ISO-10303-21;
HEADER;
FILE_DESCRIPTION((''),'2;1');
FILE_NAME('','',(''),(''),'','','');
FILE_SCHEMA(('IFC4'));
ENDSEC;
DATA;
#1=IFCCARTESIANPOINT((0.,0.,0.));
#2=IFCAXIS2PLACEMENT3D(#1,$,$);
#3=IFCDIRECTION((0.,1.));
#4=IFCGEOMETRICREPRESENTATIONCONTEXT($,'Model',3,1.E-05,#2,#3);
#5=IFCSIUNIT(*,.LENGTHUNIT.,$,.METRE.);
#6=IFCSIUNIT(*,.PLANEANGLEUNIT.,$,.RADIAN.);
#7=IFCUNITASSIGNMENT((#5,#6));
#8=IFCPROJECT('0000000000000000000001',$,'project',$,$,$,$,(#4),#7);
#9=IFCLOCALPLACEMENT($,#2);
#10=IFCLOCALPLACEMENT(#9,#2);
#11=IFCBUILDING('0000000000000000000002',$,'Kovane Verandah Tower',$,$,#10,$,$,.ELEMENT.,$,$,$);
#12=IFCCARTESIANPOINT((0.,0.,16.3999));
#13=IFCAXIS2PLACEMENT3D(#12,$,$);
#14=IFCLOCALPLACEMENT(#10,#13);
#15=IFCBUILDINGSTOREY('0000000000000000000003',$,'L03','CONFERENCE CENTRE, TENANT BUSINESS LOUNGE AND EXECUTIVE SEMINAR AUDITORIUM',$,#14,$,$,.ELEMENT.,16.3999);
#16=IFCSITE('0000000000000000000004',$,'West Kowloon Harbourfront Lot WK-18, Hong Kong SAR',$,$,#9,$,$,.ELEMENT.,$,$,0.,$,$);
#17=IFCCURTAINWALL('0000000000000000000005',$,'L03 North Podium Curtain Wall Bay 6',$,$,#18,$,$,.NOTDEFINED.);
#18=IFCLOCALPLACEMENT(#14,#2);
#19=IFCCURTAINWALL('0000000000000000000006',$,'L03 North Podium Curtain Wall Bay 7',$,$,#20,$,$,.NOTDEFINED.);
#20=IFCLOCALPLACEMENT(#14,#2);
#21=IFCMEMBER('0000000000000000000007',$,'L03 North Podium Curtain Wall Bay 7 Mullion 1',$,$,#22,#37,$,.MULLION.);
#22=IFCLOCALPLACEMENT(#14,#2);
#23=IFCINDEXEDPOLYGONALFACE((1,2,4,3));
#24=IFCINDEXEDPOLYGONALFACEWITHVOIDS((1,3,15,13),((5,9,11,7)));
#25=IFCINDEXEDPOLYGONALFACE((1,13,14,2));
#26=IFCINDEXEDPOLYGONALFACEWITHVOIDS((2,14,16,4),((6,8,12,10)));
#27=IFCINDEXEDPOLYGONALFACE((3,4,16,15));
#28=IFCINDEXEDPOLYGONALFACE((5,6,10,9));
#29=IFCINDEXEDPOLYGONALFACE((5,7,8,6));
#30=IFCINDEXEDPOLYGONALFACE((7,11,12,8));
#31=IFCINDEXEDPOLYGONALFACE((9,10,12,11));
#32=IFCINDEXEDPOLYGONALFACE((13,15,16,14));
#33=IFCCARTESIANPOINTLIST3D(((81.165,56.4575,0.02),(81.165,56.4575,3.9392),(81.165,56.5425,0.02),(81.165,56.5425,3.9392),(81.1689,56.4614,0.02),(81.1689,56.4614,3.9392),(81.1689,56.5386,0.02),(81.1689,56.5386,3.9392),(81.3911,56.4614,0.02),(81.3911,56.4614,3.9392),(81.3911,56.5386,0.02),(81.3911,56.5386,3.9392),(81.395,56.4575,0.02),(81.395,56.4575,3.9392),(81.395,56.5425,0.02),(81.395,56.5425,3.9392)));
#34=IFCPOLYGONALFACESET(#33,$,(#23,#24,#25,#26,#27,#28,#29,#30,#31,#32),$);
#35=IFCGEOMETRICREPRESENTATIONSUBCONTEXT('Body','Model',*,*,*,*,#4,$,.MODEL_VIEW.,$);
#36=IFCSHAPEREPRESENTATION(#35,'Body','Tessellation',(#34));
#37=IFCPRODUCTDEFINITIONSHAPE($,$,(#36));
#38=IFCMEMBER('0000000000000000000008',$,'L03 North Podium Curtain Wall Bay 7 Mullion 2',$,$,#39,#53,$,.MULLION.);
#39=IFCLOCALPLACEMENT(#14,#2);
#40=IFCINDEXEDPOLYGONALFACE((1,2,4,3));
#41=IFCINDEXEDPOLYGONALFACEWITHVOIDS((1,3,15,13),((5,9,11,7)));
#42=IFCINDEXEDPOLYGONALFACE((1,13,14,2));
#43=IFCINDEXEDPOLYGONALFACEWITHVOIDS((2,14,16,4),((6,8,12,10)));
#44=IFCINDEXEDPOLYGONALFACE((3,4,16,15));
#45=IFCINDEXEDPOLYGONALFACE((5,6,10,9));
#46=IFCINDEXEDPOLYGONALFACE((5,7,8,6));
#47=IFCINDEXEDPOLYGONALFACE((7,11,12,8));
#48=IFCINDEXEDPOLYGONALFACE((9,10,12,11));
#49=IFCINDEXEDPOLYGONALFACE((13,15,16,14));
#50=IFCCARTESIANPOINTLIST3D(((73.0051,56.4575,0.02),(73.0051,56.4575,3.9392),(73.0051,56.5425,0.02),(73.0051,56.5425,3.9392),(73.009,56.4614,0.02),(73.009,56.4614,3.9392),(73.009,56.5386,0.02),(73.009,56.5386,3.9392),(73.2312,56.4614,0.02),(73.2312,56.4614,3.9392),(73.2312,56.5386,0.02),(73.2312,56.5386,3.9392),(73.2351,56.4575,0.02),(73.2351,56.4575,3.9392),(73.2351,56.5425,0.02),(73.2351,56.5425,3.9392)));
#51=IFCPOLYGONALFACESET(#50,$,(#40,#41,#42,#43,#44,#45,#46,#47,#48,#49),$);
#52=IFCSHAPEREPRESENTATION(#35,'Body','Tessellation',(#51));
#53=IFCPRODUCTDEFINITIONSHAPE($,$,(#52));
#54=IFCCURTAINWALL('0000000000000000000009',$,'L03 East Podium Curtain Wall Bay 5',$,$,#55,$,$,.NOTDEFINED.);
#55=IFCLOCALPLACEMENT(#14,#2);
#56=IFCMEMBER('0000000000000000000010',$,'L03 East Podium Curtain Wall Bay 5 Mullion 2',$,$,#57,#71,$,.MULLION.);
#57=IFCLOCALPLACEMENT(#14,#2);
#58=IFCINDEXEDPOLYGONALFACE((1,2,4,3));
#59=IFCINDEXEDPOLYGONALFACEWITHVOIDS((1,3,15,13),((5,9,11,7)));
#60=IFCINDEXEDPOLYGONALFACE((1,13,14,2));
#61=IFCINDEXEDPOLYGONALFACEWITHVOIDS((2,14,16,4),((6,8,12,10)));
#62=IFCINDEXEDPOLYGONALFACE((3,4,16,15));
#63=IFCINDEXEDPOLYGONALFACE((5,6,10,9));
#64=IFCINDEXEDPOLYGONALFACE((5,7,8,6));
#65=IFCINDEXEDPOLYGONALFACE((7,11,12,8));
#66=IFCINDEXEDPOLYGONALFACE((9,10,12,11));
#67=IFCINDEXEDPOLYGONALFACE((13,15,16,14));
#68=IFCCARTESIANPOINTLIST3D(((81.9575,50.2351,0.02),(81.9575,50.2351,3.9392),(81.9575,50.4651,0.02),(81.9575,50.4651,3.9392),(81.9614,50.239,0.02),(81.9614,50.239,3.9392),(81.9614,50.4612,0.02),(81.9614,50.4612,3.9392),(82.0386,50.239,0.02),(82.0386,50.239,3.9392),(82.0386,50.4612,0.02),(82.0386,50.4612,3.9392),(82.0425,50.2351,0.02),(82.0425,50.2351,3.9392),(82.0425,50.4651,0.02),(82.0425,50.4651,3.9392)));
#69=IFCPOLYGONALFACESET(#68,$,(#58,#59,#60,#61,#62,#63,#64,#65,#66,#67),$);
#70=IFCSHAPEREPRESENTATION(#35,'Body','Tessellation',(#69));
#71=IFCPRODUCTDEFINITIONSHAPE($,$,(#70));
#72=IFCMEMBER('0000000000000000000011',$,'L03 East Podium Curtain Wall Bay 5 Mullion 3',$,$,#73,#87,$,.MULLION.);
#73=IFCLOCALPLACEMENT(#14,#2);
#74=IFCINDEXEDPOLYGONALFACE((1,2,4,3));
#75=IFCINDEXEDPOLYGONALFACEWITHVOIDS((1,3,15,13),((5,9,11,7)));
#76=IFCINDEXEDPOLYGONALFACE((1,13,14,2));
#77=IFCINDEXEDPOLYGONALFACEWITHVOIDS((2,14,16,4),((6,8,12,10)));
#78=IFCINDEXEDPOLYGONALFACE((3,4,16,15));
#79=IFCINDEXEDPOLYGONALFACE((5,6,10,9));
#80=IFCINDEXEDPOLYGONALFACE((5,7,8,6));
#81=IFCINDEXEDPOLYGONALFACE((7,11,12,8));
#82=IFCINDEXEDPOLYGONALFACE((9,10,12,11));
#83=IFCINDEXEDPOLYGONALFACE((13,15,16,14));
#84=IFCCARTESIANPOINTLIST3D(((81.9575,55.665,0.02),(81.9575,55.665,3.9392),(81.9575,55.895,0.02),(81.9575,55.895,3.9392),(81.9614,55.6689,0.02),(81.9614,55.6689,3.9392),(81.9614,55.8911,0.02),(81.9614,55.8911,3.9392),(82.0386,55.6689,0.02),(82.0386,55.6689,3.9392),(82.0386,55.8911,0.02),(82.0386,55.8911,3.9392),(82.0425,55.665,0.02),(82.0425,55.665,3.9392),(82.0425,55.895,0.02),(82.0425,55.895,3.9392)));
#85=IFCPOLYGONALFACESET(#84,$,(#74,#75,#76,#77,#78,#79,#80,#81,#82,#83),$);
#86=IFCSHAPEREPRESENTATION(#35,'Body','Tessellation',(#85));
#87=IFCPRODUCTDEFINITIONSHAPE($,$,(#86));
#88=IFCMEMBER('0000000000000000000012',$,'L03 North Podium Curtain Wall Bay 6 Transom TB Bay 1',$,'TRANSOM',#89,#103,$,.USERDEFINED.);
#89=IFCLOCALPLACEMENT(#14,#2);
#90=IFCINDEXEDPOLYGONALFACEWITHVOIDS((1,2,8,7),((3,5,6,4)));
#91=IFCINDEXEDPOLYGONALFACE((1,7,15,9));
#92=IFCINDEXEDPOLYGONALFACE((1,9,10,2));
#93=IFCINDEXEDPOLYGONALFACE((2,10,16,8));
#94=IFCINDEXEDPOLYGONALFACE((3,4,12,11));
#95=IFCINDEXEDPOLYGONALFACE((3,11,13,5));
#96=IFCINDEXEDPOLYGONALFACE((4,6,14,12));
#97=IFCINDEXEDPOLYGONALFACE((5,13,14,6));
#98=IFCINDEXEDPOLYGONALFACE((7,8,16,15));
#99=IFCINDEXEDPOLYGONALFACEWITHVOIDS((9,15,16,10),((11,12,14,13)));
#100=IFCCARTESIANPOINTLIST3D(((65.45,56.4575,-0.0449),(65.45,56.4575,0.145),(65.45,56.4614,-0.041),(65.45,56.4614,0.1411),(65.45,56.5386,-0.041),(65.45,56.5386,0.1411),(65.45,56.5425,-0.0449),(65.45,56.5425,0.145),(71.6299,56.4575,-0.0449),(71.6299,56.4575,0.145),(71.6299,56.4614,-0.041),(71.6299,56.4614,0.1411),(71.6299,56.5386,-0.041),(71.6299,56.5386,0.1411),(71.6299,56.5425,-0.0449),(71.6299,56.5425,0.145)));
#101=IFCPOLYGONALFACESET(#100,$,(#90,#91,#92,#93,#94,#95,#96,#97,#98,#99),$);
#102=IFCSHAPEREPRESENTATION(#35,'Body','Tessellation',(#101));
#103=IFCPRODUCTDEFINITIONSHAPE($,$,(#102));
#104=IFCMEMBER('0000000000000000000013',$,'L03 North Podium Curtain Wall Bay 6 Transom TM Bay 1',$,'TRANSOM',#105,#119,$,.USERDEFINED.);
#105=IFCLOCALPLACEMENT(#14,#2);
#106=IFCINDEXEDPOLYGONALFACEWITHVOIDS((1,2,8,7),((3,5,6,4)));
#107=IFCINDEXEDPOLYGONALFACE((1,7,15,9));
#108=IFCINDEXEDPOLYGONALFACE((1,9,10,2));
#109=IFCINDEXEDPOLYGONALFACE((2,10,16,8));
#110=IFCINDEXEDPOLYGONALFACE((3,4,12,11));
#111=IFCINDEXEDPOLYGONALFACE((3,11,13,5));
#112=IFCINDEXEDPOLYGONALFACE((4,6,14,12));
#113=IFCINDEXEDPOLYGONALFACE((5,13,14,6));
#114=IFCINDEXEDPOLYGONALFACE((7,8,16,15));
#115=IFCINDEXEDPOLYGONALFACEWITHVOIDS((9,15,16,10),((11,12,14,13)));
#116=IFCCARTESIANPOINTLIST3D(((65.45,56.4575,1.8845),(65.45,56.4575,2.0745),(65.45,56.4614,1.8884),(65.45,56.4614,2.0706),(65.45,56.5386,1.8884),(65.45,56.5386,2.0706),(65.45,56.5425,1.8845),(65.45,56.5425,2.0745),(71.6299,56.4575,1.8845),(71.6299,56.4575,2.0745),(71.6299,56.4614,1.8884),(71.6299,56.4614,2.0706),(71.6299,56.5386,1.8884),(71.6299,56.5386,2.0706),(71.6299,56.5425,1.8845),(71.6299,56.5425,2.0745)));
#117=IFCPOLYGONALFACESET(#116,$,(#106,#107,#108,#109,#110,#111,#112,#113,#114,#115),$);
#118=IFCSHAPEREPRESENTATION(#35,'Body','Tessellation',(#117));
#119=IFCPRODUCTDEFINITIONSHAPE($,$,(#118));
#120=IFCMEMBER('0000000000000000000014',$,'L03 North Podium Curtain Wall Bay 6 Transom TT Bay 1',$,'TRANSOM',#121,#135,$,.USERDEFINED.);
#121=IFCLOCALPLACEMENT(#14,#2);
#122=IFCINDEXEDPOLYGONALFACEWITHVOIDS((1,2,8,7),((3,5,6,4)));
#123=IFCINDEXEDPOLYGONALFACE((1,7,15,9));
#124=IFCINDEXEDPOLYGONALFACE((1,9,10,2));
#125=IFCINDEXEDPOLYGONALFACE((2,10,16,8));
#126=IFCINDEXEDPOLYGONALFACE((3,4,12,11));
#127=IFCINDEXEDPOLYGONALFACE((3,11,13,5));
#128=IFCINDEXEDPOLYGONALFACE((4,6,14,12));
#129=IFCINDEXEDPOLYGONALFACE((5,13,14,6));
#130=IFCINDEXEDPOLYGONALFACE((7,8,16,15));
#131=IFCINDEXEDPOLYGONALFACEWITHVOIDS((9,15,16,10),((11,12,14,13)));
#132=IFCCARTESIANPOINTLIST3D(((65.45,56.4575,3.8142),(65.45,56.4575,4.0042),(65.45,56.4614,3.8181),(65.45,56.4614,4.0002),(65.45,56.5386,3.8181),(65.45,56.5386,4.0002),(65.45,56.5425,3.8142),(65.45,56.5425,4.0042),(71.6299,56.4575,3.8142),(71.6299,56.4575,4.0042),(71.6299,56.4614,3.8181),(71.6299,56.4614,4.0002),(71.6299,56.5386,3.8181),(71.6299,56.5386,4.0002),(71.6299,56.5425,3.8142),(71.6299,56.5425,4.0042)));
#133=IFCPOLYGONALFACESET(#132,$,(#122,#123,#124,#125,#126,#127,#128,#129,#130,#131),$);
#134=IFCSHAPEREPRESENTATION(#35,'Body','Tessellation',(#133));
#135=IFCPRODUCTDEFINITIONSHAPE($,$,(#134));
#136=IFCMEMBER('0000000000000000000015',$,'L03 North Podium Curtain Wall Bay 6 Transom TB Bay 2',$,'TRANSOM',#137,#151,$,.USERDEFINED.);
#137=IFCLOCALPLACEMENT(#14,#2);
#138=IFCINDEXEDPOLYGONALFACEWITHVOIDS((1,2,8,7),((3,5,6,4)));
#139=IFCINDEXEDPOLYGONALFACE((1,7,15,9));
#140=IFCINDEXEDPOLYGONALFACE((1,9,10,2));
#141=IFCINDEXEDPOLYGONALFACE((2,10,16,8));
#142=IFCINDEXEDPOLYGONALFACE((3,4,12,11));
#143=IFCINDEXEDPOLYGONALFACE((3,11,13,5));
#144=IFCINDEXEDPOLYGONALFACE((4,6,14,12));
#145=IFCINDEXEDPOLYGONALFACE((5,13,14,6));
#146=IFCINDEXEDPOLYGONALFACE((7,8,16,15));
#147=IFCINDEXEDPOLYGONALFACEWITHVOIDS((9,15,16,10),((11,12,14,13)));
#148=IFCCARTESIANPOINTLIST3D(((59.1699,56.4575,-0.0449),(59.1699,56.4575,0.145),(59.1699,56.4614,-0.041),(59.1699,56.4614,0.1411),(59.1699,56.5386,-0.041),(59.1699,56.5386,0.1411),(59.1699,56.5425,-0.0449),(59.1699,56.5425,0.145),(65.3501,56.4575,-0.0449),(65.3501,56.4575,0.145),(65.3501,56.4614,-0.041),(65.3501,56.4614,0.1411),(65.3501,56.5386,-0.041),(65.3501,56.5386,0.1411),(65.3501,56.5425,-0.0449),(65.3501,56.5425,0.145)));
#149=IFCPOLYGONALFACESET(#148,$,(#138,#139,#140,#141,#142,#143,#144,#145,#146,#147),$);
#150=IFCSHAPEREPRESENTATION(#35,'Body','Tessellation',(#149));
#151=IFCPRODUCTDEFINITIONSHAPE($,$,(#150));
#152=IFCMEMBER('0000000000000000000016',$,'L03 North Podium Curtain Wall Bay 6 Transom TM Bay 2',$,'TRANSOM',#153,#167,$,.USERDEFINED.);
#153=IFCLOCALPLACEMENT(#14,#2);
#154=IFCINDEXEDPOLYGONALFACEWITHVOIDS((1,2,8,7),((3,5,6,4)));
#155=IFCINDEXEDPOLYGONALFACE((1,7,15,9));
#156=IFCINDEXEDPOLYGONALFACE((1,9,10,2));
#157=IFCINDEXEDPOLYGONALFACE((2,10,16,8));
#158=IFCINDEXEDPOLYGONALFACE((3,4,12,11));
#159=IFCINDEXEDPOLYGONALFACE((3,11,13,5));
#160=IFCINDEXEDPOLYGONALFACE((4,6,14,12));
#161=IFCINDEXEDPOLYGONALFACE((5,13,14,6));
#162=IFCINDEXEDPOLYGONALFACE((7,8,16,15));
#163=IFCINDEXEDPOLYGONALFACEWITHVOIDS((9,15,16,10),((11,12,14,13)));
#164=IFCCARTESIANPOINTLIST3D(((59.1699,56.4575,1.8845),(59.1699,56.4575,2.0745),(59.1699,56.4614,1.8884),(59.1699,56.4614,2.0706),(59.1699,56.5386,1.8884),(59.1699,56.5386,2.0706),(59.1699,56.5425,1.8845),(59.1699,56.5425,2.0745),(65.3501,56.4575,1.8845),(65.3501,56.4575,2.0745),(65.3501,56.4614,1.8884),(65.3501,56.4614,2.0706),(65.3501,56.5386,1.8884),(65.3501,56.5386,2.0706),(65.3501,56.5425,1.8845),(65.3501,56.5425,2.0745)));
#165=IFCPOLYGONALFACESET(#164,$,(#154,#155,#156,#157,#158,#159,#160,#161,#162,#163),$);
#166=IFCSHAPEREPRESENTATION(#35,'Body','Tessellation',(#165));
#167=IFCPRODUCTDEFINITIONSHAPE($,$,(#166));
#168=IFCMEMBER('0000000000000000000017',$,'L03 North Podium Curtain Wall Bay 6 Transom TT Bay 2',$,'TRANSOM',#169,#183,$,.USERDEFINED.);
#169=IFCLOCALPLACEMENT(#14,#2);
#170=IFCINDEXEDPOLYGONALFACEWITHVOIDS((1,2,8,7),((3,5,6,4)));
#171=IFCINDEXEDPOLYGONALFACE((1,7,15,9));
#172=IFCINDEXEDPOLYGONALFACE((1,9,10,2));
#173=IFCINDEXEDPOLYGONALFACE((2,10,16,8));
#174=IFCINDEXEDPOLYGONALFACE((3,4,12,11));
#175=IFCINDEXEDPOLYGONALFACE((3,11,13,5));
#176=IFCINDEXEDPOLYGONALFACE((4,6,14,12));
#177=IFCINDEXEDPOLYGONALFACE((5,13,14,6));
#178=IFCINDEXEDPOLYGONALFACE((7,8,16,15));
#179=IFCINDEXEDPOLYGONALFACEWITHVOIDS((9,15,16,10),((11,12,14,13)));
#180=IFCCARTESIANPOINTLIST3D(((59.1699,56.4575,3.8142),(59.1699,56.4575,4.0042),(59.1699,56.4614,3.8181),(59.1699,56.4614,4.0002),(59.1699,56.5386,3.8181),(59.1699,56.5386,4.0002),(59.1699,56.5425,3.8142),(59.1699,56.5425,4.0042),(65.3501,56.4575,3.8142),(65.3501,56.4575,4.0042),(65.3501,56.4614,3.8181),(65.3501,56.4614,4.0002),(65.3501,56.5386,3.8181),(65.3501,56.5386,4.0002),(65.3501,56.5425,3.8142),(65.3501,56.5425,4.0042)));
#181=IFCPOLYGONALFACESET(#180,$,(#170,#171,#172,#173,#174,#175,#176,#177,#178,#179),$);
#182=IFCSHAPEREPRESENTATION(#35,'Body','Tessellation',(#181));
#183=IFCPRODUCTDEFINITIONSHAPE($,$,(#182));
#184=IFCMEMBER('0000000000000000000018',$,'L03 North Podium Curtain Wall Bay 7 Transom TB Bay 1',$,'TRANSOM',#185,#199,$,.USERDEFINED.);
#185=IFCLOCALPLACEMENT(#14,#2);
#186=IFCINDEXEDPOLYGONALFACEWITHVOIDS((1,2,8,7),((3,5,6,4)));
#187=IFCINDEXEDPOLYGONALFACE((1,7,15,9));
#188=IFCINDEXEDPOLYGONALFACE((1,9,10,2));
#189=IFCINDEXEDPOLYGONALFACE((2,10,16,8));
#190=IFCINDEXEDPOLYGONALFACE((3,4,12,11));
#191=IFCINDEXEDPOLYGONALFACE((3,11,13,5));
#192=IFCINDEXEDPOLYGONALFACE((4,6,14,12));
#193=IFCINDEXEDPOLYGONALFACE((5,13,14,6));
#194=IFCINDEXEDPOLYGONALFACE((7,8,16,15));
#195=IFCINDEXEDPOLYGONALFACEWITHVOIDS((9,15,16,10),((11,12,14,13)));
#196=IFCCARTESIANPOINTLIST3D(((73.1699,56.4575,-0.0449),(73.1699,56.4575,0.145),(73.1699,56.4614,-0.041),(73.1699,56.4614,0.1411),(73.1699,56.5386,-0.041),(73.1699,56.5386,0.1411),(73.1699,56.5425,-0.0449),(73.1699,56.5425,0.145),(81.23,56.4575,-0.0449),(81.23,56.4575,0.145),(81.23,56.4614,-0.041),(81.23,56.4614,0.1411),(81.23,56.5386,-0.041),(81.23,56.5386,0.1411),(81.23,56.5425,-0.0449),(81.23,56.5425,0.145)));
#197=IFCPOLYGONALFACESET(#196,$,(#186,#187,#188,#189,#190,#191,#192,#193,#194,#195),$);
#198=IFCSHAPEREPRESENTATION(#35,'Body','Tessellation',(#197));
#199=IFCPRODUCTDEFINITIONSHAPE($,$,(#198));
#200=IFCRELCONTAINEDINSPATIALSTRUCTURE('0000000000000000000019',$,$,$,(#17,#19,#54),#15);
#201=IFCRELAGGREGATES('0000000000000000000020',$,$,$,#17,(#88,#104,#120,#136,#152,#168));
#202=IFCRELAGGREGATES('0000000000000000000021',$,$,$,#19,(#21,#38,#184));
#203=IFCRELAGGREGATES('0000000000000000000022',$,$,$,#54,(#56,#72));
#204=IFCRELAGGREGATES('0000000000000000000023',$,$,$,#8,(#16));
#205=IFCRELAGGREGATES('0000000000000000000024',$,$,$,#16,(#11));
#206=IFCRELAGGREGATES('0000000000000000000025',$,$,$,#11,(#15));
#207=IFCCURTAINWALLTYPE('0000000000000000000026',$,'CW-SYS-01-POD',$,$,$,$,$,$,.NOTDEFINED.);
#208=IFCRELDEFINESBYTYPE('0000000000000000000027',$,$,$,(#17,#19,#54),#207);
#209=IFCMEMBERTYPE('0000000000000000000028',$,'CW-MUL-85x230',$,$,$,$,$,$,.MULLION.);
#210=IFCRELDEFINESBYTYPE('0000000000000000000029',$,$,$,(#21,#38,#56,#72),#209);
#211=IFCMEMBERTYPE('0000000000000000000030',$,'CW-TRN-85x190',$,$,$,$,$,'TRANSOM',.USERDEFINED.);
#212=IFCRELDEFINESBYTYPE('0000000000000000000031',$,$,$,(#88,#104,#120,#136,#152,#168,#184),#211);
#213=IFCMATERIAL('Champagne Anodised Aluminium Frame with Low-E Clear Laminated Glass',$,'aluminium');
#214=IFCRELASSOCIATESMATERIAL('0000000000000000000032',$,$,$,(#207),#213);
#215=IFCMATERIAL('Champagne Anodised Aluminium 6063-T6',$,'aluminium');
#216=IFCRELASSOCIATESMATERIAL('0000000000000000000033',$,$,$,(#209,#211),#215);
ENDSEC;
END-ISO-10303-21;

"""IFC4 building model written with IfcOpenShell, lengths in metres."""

from ifc_helpers import new_model, si_unit, direction, frame, origin, origin_2d, place, context, subcontext, project, spatial, hollow_rectangle, extrude, material, material_profile, profile_set, type_object, element, aggregate, save


model = new_model("IFC4")

# Units and contexts
model_context = context("Model", 3, precision=1e-05, world=origin(), true_north=direction((0.0, 1.0)))
body_context = subcontext(model_context, "Body", "Model", "MODEL_VIEW")
ifc_project = project(units=[si_unit("LENGTHUNIT", "METRE"), si_unit("PLANEANGLEUNIT", "RADIAN")], contexts=[model_context])

# Site, building, storey
site_placement = place(None, origin())
site = spatial("IfcSite", under=ifc_project, at=site_placement, Name="West Kowloon Harbourfront Lot WK-18, Hong Kong SAR", CompositionType="ELEMENT", RefElevation=0.0)
building_placement = place(site_placement, origin())
building = spatial("IfcBuilding", under=site, at=building_placement, Name="Kovane Verandah Tower", CompositionType="ELEMENT")
storey_placement = place(building_placement, frame((0.0, 0.0, 16.3999)))
storey = spatial("IfcBuildingStorey", under=building, at=storey_placement, Name="L03", Description="CONFERENCE CENTRE, TENANT BUSINESS LOUNGE AND EXECUTIVE SEMINAR AUDITORIUM", CompositionType="ELEMENT", Elevation=16.3999)

# Curtain walls, members
ifc_material_1 = material(Name="Champagne Anodised Aluminium Frame with Low-E Clear Laminated Glass", Category="aluminium")
curtain_wall_type = type_object("IfcCurtainWallType", Name="CW-SYS-01-POD", PredefinedType="NOTDEFINED", material=ifc_material_1)
curtain_wall_1_placement = place(storey_placement, origin())
curtain_wall_1 = element("IfcCurtainWall", 1, at=curtain_wall_1_placement, inside=storey, type_object=curtain_wall_type, Name="L03 North Podium Curtain Wall Bay 6", PredefinedType="NOTDEFINED")
ifc_material_2 = material(Name="Champagne Anodised Aluminium 6063-T6", Category="aluminium")
ifc_material_profile_1 = material_profile(ifc_material_2, hollow_rectangle(XDim=0.085, YDim=0.23, WallThickness=0.0039, at=origin_2d()), Name="AL85x230x4")
ifc_profile_set_1 = profile_set([ifc_material_profile_1], Name="Champagne Anodised Aluminium 6063-T6")
member_type_1 = type_object("IfcMemberType", Name="CW-MUL-85x230", PredefinedType="MULLION", material=ifc_profile_set_1)
curtain_wall_2_placement = place(storey_placement, origin())
curtain_wall_2 = element("IfcCurtainWall", 2, at=curtain_wall_2_placement, inside=storey, type_object=curtain_wall_type, Name="L03 North Podium Curtain Wall Bay 7", PredefinedType="NOTDEFINED")
member_1_placement = place(storey_placement, frame((81.28, 56.5, 0.02), z_axis=(0.0, 0.0, 1.0), x_axis=(0.0, 1.0, 0.0)))
member_1 = element("IfcMember", 3, at=member_1_placement, type_object=member_type_1, Name="L03 North Podium Curtain Wall Bay 7 Mullion 1", PredefinedType="MULLION", context=body_context, shape_type="SweptSolid", body=[
    extrude(hollow_rectangle(XDim=0.085, YDim=0.23, WallThickness=0.0039, at=origin_2d()), origin(), (0.0, 0.0, 1.0), 3.9192),
])
member_2_placement = place(storey_placement, frame((73.1201, 56.5, 0.02), z_axis=(0.0, 0.0, 1.0), x_axis=(0.0, 1.0, 0.0)))
member_2 = element("IfcMember", 4, at=member_2_placement, type_object=member_type_1, Name="L03 North Podium Curtain Wall Bay 7 Mullion 2", PredefinedType="MULLION", context=body_context, shape_type="SweptSolid", body=[
    extrude(hollow_rectangle(XDim=0.085, YDim=0.23, WallThickness=0.0039, at=origin_2d()), origin(), (0.0, 0.0, 1.0), 3.9192),
])
curtain_wall_3_placement = place(storey_placement, origin())
curtain_wall_3 = element("IfcCurtainWall", 5, at=curtain_wall_3_placement, inside=storey, type_object=curtain_wall_type, Name="L03 East Podium Curtain Wall Bay 5", PredefinedType="NOTDEFINED")
member_3_placement = place(storey_placement, frame((82.0, 50.3501, 0.02), z_axis=(0.0, 0.0, 1.0), x_axis=(1.0, 0.0, 0.0)))
member_3 = element("IfcMember", 6, at=member_3_placement, type_object=member_type_1, Name="L03 East Podium Curtain Wall Bay 5 Mullion 2", PredefinedType="MULLION", context=body_context, shape_type="SweptSolid", body=[
    extrude(hollow_rectangle(XDim=0.085, YDim=0.23, WallThickness=0.0039, at=origin_2d()), origin(), (0.0, 0.0, 1.0), 3.9192),
])
member_4_placement = place(storey_placement, frame((82.0, 55.78, 0.02), z_axis=(0.0, 0.0, 1.0), x_axis=(1.0, 0.0, 0.0)))
member_4 = element("IfcMember", 7, at=member_4_placement, type_object=member_type_1, Name="L03 East Podium Curtain Wall Bay 5 Mullion 3", PredefinedType="MULLION", context=body_context, shape_type="SweptSolid", body=[
    extrude(hollow_rectangle(XDim=0.085, YDim=0.23, WallThickness=0.0039, at=origin_2d()), origin(), (0.0, 0.0, 1.0), 3.9192),
])

# Members
ifc_material_profile_2 = material_profile(ifc_material_2, hollow_rectangle(XDim=0.085, YDim=0.1899, WallThickness=0.0039, at=origin_2d()), Name="AL85x190x4")
ifc_profile_set_2 = profile_set([ifc_material_profile_2], Name="Champagne Anodised Aluminium 6063-T6")
member_type_2 = type_object("IfcMemberType", Name="CW-TRN-85x190", ElementType="TRANSOM", PredefinedType="USERDEFINED", material=ifc_profile_set_2)
member_5_placement = place(storey_placement, frame((71.6299, 56.5, 0.05), z_axis=(-1.0, 0.0, 0.0), x_axis=(0.0, -1.0, 0.0)))
member_5 = element("IfcMember", 8, at=member_5_placement, type_object=member_type_2, Name="L03 North Podium Curtain Wall Bay 6 Transom TB Bay 1", ObjectType="TRANSOM", PredefinedType="USERDEFINED", context=body_context, shape_type="SweptSolid", body=[
    extrude(hollow_rectangle(XDim=0.085, YDim=0.1899, WallThickness=0.0039, at=origin_2d()), origin(), (0.0, 0.0, 1.0), 6.1799),
])
member_6_placement = place(storey_placement, frame((71.6299, 56.5, 1.9795), z_axis=(-1.0, 0.0, 0.0), x_axis=(0.0, -1.0, 0.0)))
member_6 = element("IfcMember", 9, at=member_6_placement, type_object=member_type_2, Name="L03 North Podium Curtain Wall Bay 6 Transom TM Bay 1", ObjectType="TRANSOM", PredefinedType="USERDEFINED", context=body_context, shape_type="SweptSolid", body=[
    extrude(hollow_rectangle(XDim=0.085, YDim=0.1899, WallThickness=0.0039, at=origin_2d()), origin(), (0.0, 0.0, 1.0), 6.1799),
])
member_7_placement = place(storey_placement, frame((71.6299, 56.5, 3.9092), z_axis=(-1.0, 0.0, 0.0), x_axis=(0.0, -1.0, 0.0)))
member_7 = element("IfcMember", 10, at=member_7_placement, type_object=member_type_2, Name="L03 North Podium Curtain Wall Bay 6 Transom TT Bay 1", ObjectType="TRANSOM", PredefinedType="USERDEFINED", context=body_context, shape_type="SweptSolid", body=[
    extrude(hollow_rectangle(XDim=0.085, YDim=0.1899, WallThickness=0.0039, at=origin_2d()), origin(), (0.0, 0.0, 1.0), 6.1799),
])
member_8_placement = place(storey_placement, frame((65.3501, 56.5, 0.05), z_axis=(-1.0, 0.0, 0.0), x_axis=(0.0, -1.0, 0.0)))
member_8 = element("IfcMember", 11, at=member_8_placement, type_object=member_type_2, Name="L03 North Podium Curtain Wall Bay 6 Transom TB Bay 2", ObjectType="TRANSOM", PredefinedType="USERDEFINED", context=body_context, shape_type="SweptSolid", body=[
    extrude(hollow_rectangle(XDim=0.085, YDim=0.1899, WallThickness=0.0039, at=origin_2d()), origin(), (0.0, 0.0, 1.0), 6.1802),
])
member_9_placement = place(storey_placement, frame((65.3501, 56.5, 1.9795), z_axis=(-1.0, 0.0, 0.0), x_axis=(0.0, -1.0, 0.0)))
member_9 = element("IfcMember", 12, at=member_9_placement, type_object=member_type_2, Name="L03 North Podium Curtain Wall Bay 6 Transom TM Bay 2", ObjectType="TRANSOM", PredefinedType="USERDEFINED", context=body_context, shape_type="SweptSolid", body=[
    extrude(hollow_rectangle(XDim=0.085, YDim=0.1899, WallThickness=0.0039, at=origin_2d()), origin(), (0.0, 0.0, 1.0), 6.1802),
])
member_10_placement = place(storey_placement, frame((65.3501, 56.5, 3.9092), z_axis=(-1.0, 0.0, 0.0), x_axis=(0.0, -1.0, 0.0)))
member_10 = element("IfcMember", 13, at=member_10_placement, type_object=member_type_2, Name="L03 North Podium Curtain Wall Bay 6 Transom TT Bay 2", ObjectType="TRANSOM", PredefinedType="USERDEFINED", context=body_context, shape_type="SweptSolid", body=[
    extrude(hollow_rectangle(XDim=0.085, YDim=0.1899, WallThickness=0.0039, at=origin_2d()), origin(), (0.0, 0.0, 1.0), 6.1802),
])
member_11_placement = place(storey_placement, frame((81.23, 56.5, 0.05), z_axis=(-1.0, 0.0, 0.0), x_axis=(0.0, -1.0, 0.0)))
member_11 = element("IfcMember", 14, at=member_11_placement, type_object=member_type_2, Name="L03 North Podium Curtain Wall Bay 7 Transom TB Bay 1", ObjectType="TRANSOM", PredefinedType="USERDEFINED", context=body_context, shape_type="SweptSolid", body=[
    extrude(hollow_rectangle(XDim=0.085, YDim=0.1899, WallThickness=0.0039, at=origin_2d()), origin(), (0.0, 0.0, 1.0), 8.0601),
])

aggregate(curtain_wall_1, [member_5, member_6, member_7, member_8, member_9, member_10])
aggregate(curtain_wall_2, [member_1, member_2, member_11])
aggregate(curtain_wall_3, [member_3, member_4])

save(model, "model.ifc")
